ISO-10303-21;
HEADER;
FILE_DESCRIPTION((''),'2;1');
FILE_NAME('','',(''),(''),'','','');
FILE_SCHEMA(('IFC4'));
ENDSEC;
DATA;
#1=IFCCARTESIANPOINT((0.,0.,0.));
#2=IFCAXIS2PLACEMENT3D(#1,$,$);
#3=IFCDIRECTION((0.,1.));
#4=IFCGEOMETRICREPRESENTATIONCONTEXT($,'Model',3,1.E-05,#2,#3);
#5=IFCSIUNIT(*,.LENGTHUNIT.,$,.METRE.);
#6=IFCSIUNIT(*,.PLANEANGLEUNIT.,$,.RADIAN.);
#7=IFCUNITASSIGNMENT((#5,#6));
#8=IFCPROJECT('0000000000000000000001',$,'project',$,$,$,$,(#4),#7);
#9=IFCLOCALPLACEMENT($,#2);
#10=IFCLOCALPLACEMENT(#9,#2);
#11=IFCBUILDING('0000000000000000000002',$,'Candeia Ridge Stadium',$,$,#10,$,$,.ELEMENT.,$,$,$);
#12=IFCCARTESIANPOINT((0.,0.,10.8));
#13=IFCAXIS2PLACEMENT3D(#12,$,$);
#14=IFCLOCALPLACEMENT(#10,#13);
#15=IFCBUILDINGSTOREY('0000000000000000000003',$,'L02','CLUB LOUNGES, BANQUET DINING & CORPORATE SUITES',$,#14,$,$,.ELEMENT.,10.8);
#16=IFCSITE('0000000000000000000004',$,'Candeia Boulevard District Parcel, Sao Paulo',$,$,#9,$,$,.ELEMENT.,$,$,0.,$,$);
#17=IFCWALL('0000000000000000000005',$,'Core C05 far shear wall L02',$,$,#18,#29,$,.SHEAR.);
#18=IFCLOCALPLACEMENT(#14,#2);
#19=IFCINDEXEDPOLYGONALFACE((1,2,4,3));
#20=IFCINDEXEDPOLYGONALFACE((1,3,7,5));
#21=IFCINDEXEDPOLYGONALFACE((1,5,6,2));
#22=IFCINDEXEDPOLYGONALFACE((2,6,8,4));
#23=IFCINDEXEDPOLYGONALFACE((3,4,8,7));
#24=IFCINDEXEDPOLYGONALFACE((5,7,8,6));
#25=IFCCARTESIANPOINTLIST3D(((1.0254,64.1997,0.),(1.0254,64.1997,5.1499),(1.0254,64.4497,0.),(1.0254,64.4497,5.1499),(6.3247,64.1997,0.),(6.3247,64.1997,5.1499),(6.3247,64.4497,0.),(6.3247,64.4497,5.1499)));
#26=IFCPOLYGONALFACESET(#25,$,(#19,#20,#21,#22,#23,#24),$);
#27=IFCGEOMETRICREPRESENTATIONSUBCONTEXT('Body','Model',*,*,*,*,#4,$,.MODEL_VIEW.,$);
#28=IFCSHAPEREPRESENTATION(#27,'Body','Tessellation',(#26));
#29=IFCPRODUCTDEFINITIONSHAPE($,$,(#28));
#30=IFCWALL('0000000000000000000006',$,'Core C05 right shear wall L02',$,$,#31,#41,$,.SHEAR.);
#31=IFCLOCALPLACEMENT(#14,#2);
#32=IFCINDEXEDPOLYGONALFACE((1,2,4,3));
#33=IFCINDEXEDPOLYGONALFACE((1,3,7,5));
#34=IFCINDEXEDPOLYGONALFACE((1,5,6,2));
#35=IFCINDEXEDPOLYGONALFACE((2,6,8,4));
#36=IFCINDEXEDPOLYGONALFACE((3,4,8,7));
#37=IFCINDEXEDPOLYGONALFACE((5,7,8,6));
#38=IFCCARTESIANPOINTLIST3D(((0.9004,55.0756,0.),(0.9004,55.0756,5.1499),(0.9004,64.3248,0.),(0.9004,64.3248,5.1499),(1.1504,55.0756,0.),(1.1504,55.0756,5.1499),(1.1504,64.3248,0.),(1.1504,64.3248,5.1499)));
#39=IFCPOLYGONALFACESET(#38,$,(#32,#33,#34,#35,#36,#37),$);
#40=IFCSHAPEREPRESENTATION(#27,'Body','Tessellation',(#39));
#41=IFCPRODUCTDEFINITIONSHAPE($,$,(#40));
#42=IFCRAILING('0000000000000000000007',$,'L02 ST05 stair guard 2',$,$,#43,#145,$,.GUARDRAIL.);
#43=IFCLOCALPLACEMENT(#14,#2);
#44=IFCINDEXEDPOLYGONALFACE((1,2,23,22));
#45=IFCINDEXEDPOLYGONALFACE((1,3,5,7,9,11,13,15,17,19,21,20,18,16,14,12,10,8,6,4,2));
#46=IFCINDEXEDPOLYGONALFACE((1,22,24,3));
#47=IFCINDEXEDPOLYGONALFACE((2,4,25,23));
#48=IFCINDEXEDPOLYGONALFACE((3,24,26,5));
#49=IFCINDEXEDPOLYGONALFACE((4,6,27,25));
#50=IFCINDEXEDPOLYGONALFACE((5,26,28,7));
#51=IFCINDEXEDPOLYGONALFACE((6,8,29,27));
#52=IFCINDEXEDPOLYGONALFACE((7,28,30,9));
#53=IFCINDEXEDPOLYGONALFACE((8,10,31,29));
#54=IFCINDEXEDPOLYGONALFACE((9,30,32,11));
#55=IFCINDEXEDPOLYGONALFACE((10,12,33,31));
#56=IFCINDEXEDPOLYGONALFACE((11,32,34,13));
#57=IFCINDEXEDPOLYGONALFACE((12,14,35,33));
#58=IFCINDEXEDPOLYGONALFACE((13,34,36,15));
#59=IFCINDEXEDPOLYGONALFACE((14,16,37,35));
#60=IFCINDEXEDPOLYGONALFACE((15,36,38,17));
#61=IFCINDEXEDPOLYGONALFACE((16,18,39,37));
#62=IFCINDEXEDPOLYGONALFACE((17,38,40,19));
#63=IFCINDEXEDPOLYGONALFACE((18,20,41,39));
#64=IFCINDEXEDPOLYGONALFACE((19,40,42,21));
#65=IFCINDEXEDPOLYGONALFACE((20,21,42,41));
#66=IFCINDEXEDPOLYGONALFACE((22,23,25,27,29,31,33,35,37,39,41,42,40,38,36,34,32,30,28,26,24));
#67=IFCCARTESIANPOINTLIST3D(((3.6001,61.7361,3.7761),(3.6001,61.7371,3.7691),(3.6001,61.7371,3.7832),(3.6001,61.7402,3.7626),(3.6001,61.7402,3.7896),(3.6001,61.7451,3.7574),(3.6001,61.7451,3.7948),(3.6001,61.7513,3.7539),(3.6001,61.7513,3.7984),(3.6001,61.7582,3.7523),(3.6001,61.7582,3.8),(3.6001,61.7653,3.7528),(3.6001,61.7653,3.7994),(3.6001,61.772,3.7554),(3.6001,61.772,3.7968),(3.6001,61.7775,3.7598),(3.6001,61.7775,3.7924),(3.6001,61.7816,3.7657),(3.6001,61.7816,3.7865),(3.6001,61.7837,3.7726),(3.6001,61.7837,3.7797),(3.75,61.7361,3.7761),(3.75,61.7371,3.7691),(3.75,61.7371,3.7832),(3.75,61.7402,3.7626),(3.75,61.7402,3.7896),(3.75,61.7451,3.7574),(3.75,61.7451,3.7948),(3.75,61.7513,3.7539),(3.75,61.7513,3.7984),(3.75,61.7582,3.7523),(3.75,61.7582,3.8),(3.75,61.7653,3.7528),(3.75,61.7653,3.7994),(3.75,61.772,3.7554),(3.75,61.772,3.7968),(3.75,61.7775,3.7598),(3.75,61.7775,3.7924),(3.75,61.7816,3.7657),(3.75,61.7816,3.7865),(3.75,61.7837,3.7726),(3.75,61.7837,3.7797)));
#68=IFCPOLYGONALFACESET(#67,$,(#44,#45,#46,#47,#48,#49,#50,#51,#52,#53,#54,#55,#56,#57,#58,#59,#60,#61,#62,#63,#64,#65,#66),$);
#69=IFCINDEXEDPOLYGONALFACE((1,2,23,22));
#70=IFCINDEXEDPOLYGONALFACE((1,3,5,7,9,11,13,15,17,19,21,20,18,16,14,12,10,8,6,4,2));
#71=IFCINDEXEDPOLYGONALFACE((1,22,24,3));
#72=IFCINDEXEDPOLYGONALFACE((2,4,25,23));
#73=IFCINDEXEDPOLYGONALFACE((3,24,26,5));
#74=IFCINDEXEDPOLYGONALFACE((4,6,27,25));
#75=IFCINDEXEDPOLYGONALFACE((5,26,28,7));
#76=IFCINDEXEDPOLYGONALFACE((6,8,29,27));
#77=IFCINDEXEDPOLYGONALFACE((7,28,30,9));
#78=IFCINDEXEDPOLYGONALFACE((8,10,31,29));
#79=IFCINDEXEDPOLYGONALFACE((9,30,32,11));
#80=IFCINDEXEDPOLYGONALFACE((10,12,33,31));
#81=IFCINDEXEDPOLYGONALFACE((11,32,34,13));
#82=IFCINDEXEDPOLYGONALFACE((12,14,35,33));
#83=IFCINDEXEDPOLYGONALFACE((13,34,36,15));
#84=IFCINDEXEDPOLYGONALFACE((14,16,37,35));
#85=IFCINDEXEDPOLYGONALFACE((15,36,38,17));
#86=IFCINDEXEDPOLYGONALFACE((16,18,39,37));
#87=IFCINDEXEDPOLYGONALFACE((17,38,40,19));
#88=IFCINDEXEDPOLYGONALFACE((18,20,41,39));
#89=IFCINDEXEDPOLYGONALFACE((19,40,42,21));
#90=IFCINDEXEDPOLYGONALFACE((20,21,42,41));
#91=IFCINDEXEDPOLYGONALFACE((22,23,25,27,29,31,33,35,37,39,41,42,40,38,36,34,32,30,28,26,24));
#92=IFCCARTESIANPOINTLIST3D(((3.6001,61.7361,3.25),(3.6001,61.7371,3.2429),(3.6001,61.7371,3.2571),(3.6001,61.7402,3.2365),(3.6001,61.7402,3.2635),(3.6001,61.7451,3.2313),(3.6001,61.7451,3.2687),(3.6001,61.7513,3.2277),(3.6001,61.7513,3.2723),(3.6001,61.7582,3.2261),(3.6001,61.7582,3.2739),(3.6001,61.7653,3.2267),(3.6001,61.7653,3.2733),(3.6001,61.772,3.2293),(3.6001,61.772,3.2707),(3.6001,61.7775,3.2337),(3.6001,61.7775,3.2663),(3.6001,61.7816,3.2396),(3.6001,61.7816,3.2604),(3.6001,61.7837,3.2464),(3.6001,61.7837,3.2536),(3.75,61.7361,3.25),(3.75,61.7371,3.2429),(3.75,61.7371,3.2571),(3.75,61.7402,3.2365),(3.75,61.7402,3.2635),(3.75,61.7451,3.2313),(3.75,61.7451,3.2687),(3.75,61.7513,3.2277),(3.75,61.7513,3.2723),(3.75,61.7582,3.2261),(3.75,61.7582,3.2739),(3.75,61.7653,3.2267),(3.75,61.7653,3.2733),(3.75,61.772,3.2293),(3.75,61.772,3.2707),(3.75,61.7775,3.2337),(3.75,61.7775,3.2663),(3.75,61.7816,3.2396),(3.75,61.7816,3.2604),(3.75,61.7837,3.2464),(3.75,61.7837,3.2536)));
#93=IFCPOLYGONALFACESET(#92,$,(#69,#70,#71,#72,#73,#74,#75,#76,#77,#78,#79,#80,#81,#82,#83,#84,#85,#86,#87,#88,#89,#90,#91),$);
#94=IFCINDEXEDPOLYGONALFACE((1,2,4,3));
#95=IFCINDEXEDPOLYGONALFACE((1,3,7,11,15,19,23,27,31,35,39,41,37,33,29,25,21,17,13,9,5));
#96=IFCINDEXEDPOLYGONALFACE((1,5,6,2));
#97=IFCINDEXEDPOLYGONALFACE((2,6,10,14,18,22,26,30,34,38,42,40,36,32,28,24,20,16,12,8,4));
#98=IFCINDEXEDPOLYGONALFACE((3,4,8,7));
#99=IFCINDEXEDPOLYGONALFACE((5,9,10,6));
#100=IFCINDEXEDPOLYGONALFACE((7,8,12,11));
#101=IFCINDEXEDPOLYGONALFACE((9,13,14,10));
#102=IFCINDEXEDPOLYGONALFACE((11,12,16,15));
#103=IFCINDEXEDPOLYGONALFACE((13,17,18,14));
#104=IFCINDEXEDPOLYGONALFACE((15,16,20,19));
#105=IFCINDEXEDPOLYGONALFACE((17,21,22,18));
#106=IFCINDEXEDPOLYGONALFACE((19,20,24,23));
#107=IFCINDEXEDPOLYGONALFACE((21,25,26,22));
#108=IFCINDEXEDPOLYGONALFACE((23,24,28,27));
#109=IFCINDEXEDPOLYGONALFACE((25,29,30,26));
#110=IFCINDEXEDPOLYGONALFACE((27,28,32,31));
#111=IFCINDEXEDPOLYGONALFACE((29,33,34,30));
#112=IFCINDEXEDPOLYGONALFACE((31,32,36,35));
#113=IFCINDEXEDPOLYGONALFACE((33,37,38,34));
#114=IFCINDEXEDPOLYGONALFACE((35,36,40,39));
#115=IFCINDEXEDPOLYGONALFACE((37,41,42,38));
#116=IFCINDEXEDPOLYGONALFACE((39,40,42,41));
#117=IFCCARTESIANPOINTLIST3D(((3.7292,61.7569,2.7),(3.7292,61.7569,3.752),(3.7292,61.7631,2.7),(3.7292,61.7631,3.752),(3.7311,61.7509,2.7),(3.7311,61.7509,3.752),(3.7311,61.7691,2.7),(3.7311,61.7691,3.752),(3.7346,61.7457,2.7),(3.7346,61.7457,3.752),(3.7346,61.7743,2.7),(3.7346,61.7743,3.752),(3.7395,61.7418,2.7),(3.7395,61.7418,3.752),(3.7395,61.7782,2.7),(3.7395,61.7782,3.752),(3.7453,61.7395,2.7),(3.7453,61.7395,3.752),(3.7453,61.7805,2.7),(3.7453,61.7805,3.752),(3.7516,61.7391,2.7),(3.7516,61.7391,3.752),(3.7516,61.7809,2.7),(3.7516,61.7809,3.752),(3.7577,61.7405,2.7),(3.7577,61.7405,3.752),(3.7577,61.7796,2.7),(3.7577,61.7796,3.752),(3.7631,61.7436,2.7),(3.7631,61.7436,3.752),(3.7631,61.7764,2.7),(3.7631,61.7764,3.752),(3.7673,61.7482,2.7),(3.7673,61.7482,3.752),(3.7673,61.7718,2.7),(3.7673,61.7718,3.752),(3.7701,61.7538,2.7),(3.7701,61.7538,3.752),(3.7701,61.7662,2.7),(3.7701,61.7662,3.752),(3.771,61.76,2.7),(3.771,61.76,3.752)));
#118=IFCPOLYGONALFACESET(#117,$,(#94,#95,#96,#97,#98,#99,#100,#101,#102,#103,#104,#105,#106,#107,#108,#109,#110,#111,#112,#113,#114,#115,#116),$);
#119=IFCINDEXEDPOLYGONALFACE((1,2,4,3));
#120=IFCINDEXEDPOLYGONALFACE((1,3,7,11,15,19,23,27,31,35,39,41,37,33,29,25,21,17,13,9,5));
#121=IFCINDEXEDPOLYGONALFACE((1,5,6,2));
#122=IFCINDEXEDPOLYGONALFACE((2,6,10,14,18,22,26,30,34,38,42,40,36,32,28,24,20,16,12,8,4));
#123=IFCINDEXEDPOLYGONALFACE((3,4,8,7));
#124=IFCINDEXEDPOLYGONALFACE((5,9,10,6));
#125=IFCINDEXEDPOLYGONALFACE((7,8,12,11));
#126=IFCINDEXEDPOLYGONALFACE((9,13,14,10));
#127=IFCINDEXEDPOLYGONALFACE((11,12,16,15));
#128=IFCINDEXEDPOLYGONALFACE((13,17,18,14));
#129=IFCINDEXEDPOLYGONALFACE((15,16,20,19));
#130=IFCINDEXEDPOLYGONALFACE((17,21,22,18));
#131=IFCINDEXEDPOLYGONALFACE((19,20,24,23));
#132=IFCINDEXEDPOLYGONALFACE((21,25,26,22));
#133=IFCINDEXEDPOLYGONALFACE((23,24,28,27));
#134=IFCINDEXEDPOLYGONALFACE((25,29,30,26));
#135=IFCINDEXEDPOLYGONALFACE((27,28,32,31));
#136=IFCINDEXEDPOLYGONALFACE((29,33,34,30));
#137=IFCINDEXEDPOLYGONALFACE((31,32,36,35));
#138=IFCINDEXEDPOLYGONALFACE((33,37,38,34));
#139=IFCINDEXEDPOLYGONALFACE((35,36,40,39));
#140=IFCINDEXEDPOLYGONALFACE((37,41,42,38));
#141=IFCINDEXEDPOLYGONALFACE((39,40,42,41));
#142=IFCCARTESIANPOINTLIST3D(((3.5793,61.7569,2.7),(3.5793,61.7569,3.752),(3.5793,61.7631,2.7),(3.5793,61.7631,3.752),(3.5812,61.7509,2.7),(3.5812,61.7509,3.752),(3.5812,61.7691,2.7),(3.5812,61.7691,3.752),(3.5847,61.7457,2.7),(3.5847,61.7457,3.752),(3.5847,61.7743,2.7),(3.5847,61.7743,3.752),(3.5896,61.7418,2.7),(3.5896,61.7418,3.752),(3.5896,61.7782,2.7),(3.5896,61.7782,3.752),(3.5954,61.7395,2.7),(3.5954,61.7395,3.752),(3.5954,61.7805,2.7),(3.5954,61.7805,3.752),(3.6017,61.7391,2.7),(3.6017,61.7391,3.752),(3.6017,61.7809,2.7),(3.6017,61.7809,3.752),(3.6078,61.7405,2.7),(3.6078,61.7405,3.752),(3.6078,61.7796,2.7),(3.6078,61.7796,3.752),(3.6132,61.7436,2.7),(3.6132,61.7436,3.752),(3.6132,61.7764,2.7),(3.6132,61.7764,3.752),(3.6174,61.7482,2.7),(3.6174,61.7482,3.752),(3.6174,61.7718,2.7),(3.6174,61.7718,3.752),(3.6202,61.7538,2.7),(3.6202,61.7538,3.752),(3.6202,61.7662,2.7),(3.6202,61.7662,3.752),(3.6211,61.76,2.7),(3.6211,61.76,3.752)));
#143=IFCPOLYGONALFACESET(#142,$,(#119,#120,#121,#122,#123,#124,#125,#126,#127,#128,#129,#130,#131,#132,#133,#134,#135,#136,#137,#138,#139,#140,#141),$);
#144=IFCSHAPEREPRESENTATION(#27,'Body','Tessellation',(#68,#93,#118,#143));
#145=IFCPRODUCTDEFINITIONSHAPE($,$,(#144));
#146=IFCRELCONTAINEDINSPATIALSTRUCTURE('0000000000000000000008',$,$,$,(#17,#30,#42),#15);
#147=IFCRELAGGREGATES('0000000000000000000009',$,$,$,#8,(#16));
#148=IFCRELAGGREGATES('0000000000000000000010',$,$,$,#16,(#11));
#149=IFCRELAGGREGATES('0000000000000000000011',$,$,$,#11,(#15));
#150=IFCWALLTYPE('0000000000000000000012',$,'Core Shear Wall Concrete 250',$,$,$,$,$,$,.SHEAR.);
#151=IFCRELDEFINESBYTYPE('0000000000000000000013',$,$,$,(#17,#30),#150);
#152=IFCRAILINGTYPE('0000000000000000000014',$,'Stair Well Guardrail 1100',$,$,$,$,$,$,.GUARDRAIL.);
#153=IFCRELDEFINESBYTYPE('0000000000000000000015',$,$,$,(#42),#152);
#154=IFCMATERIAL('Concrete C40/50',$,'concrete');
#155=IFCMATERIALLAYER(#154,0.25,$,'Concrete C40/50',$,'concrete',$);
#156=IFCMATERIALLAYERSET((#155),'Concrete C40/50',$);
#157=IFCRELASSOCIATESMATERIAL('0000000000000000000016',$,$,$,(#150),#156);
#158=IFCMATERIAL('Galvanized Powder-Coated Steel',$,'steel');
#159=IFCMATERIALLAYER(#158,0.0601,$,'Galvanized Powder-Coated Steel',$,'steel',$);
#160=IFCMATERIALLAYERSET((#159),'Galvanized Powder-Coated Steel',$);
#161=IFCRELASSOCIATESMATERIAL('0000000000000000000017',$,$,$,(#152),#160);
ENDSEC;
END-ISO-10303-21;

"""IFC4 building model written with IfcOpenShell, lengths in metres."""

from ifc_helpers import new_model, si_unit, direction, frame, frame_2d, origin, origin_2d, place, context, subcontext, project, spatial, rectangle, circle, extrude, material, layer, layer_set, type_object, element, save


model = new_model("IFC4")

# Units and contexts
model_context = context("Model", 3, precision=1e-05, world=origin(), true_north=direction((0.0, 1.0)))
body_context = subcontext(model_context, "Body", "Model", "MODEL_VIEW")
ifc_project = project(units=[si_unit("LENGTHUNIT", "METRE"), si_unit("PLANEANGLEUNIT", "RADIAN")], contexts=[model_context])

# Site, building, storey
site_placement = place(None, origin())
site = spatial("IfcSite", under=ifc_project, at=site_placement, Name="Candeia Boulevard District Parcel, Sao Paulo", CompositionType="ELEMENT", RefElevation=0.0)
building_placement = place(site_placement, origin())
building = spatial("IfcBuilding", under=site, at=building_placement, Name="Candeia Ridge Stadium", CompositionType="ELEMENT")
storey_placement = place(building_placement, frame((0.0, 0.0, 10.8)))
storey = spatial("IfcBuildingStorey", under=building, at=storey_placement, Name="L02", Description="CLUB LOUNGES, BANQUET DINING & CORPORATE SUITES", CompositionType="ELEMENT", Elevation=10.8)

# Shared definitions
ifc_material_1 = material(Name="Concrete C40/50", Category="concrete")

# Walls
ifc_layer_1 = layer(ifc_material_1, 0.25, Name="Concrete C40/50", Category="concrete")
ifc_layer_set_1 = layer_set([ifc_layer_1], Name="Concrete C40/50")
wall_type = type_object("IfcWallType", Name="Core Shear Wall Concrete 250", PredefinedType="SHEAR", material=ifc_layer_set_1)
wall_1_placement = place(storey_placement, frame((6.3247, 64.3247, 0.0), z_axis=(0.0, 0.0, 1.0), x_axis=(-1.0, 0.0, 0.0)))
element("IfcWall", 1, at=wall_1_placement, inside=storey, type_object=wall_type, Name="Core C05 far shear wall L02", PredefinedType="SHEAR", context=body_context, shape_type="SweptSolid", body=[
    extrude(rectangle(XDim=5.2993, YDim=0.25, at=frame_2d((2.6497, 0.0))), origin(), (0.0, 0.0, 1.0), 5.1499),
])
wall_2_placement = place(storey_placement, frame((1.0254, 64.3247, 0.0), z_axis=(0.0, 0.0, 1.0), x_axis=(0.0, -1.0, 0.0)))
element("IfcWall", 2, at=wall_2_placement, inside=storey, type_object=wall_type, Name="Core C05 right shear wall L02", PredefinedType="SHEAR", context=body_context, shape_type="SweptSolid", body=[
    extrude(rectangle(XDim=9.2493, YDim=0.25, at=frame_2d((4.6245, 0.0))), origin(), (0.0, 0.0, 1.0), 5.1499),
])

# Railing
ifc_material_2 = material(Name="Galvanized Powder-Coated Steel", Category="steel")
ifc_layer_2 = layer(ifc_material_2, 0.0601, Name="Galvanized Powder-Coated Steel", Category="steel")
ifc_layer_set_2 = layer_set([ifc_layer_2], Name="Galvanized Powder-Coated Steel")
railing_type = type_object("IfcRailingType", Name="Stair Well Guardrail 1100", PredefinedType="GUARDRAIL", material=ifc_layer_set_2)
railing_placement = place(storey_placement, frame((3.75, 61.76, 2.7)))
element("IfcRailing", 3, at=railing_placement, inside=storey, type_object=railing_type, Name="L02 ST05 stair guard 2", PredefinedType="GUARDRAIL", context=body_context, shape_type="SweptSolid", body=[
    extrude(circle(Radius=0.0239, at=origin_2d()), frame((0.0, 0.0, 1.0762), z_axis=(-1.0, 0.0, 0.0), x_axis=(0.0, -1.0, 0.0)), (0.0, 0.0, 1.0), 0.1499),
    extrude(circle(Radius=0.0239, at=origin_2d()), frame((0.0, 0.0, 0.55), z_axis=(-1.0, 0.0, 0.0), x_axis=(0.0, -1.0, 0.0)), (0.0, 0.0, 1.0), 0.1499),
    extrude(circle(Radius=0.021, at=origin_2d()), origin(), (0.0, 0.0, 1.0), 1.052),
    extrude(circle(Radius=0.021, at=origin_2d()), frame((-0.1499, 0.0, 0.0)), (0.0, 0.0, 1.0), 1.052),
])

save(model, "model.ifc")
